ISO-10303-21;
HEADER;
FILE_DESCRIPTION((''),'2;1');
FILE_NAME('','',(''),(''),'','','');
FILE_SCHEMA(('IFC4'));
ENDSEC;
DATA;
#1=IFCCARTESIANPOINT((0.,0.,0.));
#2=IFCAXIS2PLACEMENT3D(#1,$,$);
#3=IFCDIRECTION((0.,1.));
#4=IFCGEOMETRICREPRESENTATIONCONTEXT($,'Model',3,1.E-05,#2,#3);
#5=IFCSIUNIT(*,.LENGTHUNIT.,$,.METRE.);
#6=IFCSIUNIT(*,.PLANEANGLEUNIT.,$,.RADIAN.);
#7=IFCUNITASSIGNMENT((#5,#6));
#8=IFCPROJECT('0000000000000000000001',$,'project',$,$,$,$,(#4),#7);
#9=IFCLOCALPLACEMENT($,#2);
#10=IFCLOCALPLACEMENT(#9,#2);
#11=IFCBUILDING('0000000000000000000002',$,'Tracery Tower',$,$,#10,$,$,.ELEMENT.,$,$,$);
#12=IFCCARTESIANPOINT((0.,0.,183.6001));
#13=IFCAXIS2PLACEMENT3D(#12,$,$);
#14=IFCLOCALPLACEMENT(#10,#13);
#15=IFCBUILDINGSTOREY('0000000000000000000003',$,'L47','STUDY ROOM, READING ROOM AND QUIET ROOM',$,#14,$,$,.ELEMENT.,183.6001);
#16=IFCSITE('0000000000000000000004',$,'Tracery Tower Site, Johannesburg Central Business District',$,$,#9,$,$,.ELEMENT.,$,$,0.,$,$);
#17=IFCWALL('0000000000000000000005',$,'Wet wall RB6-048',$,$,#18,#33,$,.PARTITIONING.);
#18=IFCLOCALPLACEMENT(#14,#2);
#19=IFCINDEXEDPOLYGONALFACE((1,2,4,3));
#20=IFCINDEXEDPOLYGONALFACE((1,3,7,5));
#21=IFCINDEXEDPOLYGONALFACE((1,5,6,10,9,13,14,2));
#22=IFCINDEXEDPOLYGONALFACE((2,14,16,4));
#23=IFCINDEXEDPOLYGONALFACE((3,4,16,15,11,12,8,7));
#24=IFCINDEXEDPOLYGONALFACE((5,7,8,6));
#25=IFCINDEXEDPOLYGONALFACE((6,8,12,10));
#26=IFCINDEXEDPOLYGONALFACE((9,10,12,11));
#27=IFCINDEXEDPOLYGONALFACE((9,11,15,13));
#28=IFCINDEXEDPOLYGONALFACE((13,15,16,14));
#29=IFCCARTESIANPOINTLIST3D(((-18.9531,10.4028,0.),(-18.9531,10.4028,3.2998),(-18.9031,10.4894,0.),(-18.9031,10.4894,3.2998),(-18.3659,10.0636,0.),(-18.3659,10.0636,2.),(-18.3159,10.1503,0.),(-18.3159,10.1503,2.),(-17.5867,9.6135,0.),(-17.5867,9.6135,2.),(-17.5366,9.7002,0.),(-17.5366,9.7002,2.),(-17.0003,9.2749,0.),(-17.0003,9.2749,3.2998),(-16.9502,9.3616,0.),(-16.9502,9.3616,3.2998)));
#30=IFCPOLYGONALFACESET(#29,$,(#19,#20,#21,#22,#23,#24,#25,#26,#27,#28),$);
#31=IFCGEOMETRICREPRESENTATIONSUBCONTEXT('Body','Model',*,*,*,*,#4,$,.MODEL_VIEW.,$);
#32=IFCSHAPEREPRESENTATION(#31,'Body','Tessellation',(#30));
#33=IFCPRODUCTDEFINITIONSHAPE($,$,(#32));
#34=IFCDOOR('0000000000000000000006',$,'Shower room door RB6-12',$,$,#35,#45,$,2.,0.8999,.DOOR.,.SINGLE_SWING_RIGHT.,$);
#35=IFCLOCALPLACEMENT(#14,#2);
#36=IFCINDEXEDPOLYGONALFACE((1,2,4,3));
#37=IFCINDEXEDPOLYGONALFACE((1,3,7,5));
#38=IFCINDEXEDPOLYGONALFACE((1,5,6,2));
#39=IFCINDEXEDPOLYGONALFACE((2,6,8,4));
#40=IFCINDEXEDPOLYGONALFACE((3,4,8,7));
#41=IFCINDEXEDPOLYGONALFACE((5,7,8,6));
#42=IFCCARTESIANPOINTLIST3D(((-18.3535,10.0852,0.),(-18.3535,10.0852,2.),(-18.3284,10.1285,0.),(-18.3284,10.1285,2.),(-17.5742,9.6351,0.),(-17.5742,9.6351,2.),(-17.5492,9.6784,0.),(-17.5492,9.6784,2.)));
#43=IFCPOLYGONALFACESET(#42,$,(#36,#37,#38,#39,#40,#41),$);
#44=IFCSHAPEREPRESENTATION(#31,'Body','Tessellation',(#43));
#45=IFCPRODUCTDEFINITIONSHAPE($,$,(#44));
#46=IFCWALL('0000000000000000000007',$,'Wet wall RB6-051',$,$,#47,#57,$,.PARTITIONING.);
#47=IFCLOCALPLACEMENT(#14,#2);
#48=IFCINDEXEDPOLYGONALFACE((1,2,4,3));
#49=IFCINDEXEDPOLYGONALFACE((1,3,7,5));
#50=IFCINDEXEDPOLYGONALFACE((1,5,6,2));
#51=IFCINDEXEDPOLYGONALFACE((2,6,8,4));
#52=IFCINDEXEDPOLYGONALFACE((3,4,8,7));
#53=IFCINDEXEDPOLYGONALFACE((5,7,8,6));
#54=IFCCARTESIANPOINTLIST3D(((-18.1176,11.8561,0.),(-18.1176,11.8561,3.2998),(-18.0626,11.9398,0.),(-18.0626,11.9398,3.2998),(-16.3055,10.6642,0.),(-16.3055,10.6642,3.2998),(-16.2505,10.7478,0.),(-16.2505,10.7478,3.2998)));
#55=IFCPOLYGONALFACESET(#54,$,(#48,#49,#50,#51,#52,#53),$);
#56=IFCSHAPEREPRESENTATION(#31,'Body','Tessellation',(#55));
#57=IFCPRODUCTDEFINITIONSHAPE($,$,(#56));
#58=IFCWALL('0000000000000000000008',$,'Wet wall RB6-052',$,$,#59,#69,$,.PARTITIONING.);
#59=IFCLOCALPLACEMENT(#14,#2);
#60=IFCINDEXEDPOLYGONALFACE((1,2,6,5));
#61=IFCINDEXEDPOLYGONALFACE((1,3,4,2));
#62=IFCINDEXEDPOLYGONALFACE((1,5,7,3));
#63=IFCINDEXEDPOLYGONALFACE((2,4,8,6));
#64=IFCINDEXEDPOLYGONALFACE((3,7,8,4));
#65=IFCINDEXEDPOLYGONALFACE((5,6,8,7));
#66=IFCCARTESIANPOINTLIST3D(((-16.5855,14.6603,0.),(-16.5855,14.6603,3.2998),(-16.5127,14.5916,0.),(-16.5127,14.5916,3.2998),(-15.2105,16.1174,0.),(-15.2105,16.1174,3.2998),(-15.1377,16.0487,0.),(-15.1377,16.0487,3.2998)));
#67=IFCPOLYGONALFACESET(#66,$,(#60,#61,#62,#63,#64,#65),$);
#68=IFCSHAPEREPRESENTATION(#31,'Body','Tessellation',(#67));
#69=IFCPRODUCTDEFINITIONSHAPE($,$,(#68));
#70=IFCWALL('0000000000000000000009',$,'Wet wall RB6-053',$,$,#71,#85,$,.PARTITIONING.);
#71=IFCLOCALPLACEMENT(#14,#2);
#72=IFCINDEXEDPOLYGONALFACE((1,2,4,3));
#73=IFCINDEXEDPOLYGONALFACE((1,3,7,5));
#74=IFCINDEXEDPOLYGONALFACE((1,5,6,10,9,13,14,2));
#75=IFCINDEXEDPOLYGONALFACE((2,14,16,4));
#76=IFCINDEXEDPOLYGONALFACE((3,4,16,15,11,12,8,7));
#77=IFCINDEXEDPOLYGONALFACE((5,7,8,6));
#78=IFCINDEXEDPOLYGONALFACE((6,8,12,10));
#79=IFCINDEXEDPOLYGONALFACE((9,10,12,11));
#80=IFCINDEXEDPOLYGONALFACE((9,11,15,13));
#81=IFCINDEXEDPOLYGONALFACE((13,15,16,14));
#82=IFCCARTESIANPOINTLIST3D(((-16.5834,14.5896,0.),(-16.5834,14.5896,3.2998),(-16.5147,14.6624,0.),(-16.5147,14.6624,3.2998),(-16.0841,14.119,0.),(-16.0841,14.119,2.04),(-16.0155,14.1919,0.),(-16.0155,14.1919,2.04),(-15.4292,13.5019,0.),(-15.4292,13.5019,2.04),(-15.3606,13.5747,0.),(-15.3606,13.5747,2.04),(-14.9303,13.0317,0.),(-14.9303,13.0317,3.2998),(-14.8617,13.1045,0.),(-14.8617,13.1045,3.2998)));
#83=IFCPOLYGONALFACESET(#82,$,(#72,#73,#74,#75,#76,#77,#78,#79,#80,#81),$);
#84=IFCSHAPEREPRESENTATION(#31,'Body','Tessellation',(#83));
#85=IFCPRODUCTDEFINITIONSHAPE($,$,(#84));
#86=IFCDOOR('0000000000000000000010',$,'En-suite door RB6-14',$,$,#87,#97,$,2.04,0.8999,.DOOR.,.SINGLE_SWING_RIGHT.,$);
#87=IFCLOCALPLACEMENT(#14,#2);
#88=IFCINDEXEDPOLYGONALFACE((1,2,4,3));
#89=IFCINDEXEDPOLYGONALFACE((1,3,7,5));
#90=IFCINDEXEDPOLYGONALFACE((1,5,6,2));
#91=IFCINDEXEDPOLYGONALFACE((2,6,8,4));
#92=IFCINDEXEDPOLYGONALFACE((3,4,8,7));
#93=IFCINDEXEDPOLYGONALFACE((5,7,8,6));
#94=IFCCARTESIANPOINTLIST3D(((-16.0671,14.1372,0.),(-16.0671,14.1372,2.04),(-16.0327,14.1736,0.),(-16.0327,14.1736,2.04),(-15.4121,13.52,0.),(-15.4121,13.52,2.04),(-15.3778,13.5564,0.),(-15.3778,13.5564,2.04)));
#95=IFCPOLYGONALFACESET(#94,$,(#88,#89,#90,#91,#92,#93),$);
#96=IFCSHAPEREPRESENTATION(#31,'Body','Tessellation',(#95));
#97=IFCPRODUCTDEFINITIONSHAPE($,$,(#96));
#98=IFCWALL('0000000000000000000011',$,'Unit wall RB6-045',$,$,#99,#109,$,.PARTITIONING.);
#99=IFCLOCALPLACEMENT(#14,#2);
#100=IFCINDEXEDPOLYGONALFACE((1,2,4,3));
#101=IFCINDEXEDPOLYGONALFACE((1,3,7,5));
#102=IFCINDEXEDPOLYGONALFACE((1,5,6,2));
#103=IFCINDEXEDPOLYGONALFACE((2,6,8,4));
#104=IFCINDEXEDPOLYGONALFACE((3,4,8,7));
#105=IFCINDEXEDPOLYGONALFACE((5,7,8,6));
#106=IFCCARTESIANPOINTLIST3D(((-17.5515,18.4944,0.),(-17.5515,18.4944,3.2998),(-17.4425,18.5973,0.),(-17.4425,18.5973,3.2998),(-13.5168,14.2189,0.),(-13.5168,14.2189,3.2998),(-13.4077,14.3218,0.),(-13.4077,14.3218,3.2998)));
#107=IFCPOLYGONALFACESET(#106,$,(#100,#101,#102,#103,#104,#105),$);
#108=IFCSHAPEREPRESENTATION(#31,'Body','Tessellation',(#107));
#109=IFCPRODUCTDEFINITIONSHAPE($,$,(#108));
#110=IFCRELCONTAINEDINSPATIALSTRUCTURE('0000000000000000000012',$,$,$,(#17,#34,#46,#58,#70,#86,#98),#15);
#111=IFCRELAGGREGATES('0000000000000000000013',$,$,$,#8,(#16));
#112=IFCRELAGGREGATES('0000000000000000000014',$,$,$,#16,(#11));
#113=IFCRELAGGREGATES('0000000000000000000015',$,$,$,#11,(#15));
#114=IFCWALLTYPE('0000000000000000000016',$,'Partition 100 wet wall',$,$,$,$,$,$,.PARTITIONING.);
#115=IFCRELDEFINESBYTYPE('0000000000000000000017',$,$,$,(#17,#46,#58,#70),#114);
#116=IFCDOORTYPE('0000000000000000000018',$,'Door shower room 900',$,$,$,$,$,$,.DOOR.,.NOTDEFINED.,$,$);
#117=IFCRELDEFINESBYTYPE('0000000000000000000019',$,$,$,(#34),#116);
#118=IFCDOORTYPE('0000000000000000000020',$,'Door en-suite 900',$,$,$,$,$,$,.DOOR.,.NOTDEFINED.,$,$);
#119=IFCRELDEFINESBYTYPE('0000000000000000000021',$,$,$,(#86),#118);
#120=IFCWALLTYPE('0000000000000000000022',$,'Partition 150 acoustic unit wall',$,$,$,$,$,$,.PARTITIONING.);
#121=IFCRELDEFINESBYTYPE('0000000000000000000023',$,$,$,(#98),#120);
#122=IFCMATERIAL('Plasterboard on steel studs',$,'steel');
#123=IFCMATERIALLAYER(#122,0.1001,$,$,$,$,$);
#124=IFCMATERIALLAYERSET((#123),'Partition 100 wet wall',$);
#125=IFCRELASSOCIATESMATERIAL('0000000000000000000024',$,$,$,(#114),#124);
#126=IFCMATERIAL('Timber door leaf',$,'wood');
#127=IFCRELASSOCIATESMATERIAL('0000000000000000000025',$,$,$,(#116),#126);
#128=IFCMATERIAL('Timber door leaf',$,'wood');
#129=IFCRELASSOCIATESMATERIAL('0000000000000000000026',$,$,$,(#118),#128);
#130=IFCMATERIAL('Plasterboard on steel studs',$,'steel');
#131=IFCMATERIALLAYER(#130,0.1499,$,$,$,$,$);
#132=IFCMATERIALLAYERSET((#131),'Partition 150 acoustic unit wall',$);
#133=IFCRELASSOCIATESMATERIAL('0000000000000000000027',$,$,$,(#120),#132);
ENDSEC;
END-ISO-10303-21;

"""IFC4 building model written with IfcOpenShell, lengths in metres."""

from ifc_helpers import new_model, si_unit, direction, frame, frame_2d, origin, place, context, subcontext, project, spatial, rectangle, extrude, material, layer, layer_set, type_object, element, fill, save


model = new_model("IFC4")

# Units and contexts
model_context = context("Model", 3, precision=1e-05, world=origin(), true_north=direction((0.0, 1.0)))
body_context = subcontext(model_context, "Body", "Model", "MODEL_VIEW")
ifc_project = project(units=[si_unit("LENGTHUNIT", "METRE"), si_unit("PLANEANGLEUNIT", "RADIAN")], contexts=[model_context])

# Site, building, storey
site_placement = place(None, origin())
site = spatial("IfcSite", under=ifc_project, at=site_placement, Name="Tracery Tower Site, Johannesburg Central Business District", CompositionType="ELEMENT", RefElevation=0.0)
building_placement = place(site_placement, origin())
building = spatial("IfcBuilding", under=site, at=building_placement, Name="Tracery Tower", CompositionType="ELEMENT")
storey_placement = place(building_placement, frame((0.0, 0.0, 183.6001)))
storey = spatial("IfcBuildingStorey", under=building, at=storey_placement, Name="L47", Description="STUDY ROOM, READING ROOM AND QUIET ROOM", CompositionType="ELEMENT", Elevation=183.6001)

# Shared definitions
ifc_material_1 = material(Name="Plasterboard on steel studs", Category="steel")
ifc_layer_1 = layer(ifc_material_1, 0.1001)
ifc_layer_set_1 = layer_set([ifc_layer_1], Name="Partition 100 wet wall")
wall_type_1 = type_object("IfcWallType", Name="Partition 100 wet wall", PredefinedType="PARTITIONING", material=ifc_layer_set_1)

# Wall, opening, door
wall_1_placement = place(storey_placement, frame((-18.928, 10.446, 0.0), z_axis=(0.0, 0.0, 1.0), x_axis=(0.865942, -0.500144, 0.0)))
wall_1 = element("IfcWall", 1, at=wall_1_placement, inside=storey, type_object=wall_type_1, Name="Wet wall RB6-048", PredefinedType="PARTITIONING", context=body_context, shape_type="SweptSolid", body=[
    extrude(rectangle(XDim=2.2551, YDim=0.1001, at=frame_2d((1.1274, 0.0))), origin(), (0.0, 0.0, 1.0), 3.2998),
])
opening_1_placement = place(wall_1_placement, frame((0.678, 0.0, 0.0)))
opening_1 = element("IfcOpeningElement", 2, at=opening_1_placement, cuts=wall_1, PredefinedType="OPENING", context=body_context, shape_type="SweptSolid", body=[
    extrude(rectangle(XDim=0.8999, YDim=2.0, at=frame_2d((0.45, 1.0))), frame((0.0, 0.05, 0.0), z_axis=(0.0, -1.0, 0.0), x_axis=(1.0, 0.0, 0.0)), (0.0, 0.0, 1.0), 0.1001),
])
ifc_material_2 = material(Name="Timber door leaf", Category="wood")
door_type_1 = type_object("IfcDoorType", Name="Door shower room 900", OperationType="NOTDEFINED", PredefinedType="DOOR", material=ifc_material_2)
door_1_placement = place(opening_1_placement, origin())
door_1 = element("IfcDoor", 3, at=door_1_placement, inside=storey, type_object=door_type_1, Name="Shower room door RB6-12", OperationType="SINGLE_SWING_RIGHT", OverallHeight=2.0, OverallWidth=0.8999, PredefinedType="DOOR", context=body_context, shape_type="SweptSolid", body=[
    extrude(rectangle(XDim=0.8999, YDim=2.0, at=frame_2d((0.45, 1.0))), frame((0.0, 0.0249, 0.0), z_axis=(0.0, -1.0, 0.0), x_axis=(1.0, 0.0, 0.0)), (0.0, 0.0, 1.0), 0.05),
])
fill(opening_1, door_1)

# Walls
wall_2_placement = place(storey_placement, frame((-18.0901, 11.8979, 0.0), z_axis=(0.0, 0.0, 1.0), x_axis=(0.835463, -0.549546, 0.0)))
element("IfcWall", 4, at=wall_2_placement, inside=storey, type_object=wall_type_1, Name="Wet wall RB6-051", PredefinedType="PARTITIONING", context=body_context, shape_type="SweptSolid", body=[
    extrude(rectangle(XDim=2.1689, YDim=0.1001, at=frame_2d((1.0845, 0.0))), origin(), (0.0, 0.0, 1.0), 3.2998),
])
wall_3_placement = place(storey_placement, frame((-16.5491, 14.626, 0.0), z_axis=(0.0, 0.0, 1.0), x_axis=(0.686337, 0.727283, 0.0)))
element("IfcWall", 5, at=wall_3_placement, inside=storey, type_object=wall_type_1, Name="Wet wall RB6-052", PredefinedType="PARTITIONING", context=body_context, shape_type="SweptSolid", body=[
    extrude(rectangle(XDim=2.0034, YDim=0.1001, at=frame_2d((1.0017, 0.0))), origin(), (0.0, 0.0, 1.0), 3.2998),
])

# Wall, opening, door
wall_4_placement = place(storey_placement, frame((-16.5491, 14.626, 0.0), z_axis=(0.0, 0.0, 1.0), x_axis=(0.727755, -0.685837, 0.0)))
wall_4 = element("IfcWall", 6, at=wall_4_placement, inside=storey, type_object=wall_type_1, Name="Wet wall RB6-053", PredefinedType="PARTITIONING", context=body_context, shape_type="SweptSolid", body=[
    extrude(rectangle(XDim=2.2715, YDim=0.1001, at=frame_2d((1.1357, 0.0))), origin(), (0.0, 0.0, 1.0), 3.2998),
])
opening_2_placement = place(wall_4_placement, frame((0.686, 0.0, 0.0)))
opening_2 = element("IfcOpeningElement", 7, at=opening_2_placement, cuts=wall_4, PredefinedType="OPENING", context=body_context, shape_type="SweptSolid", body=[
    extrude(rectangle(XDim=0.8999, YDim=2.04, at=frame_2d((0.45, 1.02))), frame((0.0, 0.05, 0.0), z_axis=(0.0, -1.0, 0.0), x_axis=(1.0, 0.0, 0.0)), (0.0, 0.0, 1.0), 0.1001),
])
ifc_material_3 = material(Name="Timber door leaf", Category="wood")
door_type_2 = type_object("IfcDoorType", Name="Door en-suite 900", OperationType="NOTDEFINED", PredefinedType="DOOR", material=ifc_material_3)
door_2_placement = place(opening_2_placement, origin())
door_2 = element("IfcDoor", 8, at=door_2_placement, inside=storey, type_object=door_type_2, Name="En-suite door RB6-14", OperationType="SINGLE_SWING_RIGHT", OverallHeight=2.04, OverallWidth=0.8999, PredefinedType="DOOR", context=body_context, shape_type="SweptSolid", body=[
    extrude(rectangle(XDim=0.8999, YDim=2.04, at=frame_2d((0.45, 1.02))), frame((0.0, 0.0249, 0.0), z_axis=(0.0, -1.0, 0.0), x_axis=(1.0, 0.0, 0.0)), (0.0, 0.0, 1.0), 0.05),
])
fill(opening_2, door_2)

# Wall
ifc_material_4 = material(Name="Plasterboard on steel studs", Category="steel")
ifc_layer_2 = layer(ifc_material_4, 0.1499)
ifc_layer_set_2 = layer_set([ifc_layer_2], Name="Partition 150 acoustic unit wall")
wall_type_2 = type_object("IfcWallType", Name="Partition 150 acoustic unit wall", PredefinedType="PARTITIONING", material=ifc_layer_set_2)
wall_5_placement = place(storey_placement, frame((-17.4971, 18.5459, 0.0), z_axis=(0.0, 0.0, 1.0), x_axis=(0.686336, -0.727285, 0.0)))
element("IfcWall", 9, at=wall_5_placement, inside=storey, type_object=wall_type_2, Name="Unit wall RB6-045", PredefinedType="PARTITIONING", context=body_context, shape_type="SweptSolid", body=[
    extrude(rectangle(XDim=5.8787, YDim=0.1499, at=frame_2d((2.9395, 0.0))), origin(), (0.0, 0.0, 1.0), 3.2998),
])

save(model, "model.ifc")
